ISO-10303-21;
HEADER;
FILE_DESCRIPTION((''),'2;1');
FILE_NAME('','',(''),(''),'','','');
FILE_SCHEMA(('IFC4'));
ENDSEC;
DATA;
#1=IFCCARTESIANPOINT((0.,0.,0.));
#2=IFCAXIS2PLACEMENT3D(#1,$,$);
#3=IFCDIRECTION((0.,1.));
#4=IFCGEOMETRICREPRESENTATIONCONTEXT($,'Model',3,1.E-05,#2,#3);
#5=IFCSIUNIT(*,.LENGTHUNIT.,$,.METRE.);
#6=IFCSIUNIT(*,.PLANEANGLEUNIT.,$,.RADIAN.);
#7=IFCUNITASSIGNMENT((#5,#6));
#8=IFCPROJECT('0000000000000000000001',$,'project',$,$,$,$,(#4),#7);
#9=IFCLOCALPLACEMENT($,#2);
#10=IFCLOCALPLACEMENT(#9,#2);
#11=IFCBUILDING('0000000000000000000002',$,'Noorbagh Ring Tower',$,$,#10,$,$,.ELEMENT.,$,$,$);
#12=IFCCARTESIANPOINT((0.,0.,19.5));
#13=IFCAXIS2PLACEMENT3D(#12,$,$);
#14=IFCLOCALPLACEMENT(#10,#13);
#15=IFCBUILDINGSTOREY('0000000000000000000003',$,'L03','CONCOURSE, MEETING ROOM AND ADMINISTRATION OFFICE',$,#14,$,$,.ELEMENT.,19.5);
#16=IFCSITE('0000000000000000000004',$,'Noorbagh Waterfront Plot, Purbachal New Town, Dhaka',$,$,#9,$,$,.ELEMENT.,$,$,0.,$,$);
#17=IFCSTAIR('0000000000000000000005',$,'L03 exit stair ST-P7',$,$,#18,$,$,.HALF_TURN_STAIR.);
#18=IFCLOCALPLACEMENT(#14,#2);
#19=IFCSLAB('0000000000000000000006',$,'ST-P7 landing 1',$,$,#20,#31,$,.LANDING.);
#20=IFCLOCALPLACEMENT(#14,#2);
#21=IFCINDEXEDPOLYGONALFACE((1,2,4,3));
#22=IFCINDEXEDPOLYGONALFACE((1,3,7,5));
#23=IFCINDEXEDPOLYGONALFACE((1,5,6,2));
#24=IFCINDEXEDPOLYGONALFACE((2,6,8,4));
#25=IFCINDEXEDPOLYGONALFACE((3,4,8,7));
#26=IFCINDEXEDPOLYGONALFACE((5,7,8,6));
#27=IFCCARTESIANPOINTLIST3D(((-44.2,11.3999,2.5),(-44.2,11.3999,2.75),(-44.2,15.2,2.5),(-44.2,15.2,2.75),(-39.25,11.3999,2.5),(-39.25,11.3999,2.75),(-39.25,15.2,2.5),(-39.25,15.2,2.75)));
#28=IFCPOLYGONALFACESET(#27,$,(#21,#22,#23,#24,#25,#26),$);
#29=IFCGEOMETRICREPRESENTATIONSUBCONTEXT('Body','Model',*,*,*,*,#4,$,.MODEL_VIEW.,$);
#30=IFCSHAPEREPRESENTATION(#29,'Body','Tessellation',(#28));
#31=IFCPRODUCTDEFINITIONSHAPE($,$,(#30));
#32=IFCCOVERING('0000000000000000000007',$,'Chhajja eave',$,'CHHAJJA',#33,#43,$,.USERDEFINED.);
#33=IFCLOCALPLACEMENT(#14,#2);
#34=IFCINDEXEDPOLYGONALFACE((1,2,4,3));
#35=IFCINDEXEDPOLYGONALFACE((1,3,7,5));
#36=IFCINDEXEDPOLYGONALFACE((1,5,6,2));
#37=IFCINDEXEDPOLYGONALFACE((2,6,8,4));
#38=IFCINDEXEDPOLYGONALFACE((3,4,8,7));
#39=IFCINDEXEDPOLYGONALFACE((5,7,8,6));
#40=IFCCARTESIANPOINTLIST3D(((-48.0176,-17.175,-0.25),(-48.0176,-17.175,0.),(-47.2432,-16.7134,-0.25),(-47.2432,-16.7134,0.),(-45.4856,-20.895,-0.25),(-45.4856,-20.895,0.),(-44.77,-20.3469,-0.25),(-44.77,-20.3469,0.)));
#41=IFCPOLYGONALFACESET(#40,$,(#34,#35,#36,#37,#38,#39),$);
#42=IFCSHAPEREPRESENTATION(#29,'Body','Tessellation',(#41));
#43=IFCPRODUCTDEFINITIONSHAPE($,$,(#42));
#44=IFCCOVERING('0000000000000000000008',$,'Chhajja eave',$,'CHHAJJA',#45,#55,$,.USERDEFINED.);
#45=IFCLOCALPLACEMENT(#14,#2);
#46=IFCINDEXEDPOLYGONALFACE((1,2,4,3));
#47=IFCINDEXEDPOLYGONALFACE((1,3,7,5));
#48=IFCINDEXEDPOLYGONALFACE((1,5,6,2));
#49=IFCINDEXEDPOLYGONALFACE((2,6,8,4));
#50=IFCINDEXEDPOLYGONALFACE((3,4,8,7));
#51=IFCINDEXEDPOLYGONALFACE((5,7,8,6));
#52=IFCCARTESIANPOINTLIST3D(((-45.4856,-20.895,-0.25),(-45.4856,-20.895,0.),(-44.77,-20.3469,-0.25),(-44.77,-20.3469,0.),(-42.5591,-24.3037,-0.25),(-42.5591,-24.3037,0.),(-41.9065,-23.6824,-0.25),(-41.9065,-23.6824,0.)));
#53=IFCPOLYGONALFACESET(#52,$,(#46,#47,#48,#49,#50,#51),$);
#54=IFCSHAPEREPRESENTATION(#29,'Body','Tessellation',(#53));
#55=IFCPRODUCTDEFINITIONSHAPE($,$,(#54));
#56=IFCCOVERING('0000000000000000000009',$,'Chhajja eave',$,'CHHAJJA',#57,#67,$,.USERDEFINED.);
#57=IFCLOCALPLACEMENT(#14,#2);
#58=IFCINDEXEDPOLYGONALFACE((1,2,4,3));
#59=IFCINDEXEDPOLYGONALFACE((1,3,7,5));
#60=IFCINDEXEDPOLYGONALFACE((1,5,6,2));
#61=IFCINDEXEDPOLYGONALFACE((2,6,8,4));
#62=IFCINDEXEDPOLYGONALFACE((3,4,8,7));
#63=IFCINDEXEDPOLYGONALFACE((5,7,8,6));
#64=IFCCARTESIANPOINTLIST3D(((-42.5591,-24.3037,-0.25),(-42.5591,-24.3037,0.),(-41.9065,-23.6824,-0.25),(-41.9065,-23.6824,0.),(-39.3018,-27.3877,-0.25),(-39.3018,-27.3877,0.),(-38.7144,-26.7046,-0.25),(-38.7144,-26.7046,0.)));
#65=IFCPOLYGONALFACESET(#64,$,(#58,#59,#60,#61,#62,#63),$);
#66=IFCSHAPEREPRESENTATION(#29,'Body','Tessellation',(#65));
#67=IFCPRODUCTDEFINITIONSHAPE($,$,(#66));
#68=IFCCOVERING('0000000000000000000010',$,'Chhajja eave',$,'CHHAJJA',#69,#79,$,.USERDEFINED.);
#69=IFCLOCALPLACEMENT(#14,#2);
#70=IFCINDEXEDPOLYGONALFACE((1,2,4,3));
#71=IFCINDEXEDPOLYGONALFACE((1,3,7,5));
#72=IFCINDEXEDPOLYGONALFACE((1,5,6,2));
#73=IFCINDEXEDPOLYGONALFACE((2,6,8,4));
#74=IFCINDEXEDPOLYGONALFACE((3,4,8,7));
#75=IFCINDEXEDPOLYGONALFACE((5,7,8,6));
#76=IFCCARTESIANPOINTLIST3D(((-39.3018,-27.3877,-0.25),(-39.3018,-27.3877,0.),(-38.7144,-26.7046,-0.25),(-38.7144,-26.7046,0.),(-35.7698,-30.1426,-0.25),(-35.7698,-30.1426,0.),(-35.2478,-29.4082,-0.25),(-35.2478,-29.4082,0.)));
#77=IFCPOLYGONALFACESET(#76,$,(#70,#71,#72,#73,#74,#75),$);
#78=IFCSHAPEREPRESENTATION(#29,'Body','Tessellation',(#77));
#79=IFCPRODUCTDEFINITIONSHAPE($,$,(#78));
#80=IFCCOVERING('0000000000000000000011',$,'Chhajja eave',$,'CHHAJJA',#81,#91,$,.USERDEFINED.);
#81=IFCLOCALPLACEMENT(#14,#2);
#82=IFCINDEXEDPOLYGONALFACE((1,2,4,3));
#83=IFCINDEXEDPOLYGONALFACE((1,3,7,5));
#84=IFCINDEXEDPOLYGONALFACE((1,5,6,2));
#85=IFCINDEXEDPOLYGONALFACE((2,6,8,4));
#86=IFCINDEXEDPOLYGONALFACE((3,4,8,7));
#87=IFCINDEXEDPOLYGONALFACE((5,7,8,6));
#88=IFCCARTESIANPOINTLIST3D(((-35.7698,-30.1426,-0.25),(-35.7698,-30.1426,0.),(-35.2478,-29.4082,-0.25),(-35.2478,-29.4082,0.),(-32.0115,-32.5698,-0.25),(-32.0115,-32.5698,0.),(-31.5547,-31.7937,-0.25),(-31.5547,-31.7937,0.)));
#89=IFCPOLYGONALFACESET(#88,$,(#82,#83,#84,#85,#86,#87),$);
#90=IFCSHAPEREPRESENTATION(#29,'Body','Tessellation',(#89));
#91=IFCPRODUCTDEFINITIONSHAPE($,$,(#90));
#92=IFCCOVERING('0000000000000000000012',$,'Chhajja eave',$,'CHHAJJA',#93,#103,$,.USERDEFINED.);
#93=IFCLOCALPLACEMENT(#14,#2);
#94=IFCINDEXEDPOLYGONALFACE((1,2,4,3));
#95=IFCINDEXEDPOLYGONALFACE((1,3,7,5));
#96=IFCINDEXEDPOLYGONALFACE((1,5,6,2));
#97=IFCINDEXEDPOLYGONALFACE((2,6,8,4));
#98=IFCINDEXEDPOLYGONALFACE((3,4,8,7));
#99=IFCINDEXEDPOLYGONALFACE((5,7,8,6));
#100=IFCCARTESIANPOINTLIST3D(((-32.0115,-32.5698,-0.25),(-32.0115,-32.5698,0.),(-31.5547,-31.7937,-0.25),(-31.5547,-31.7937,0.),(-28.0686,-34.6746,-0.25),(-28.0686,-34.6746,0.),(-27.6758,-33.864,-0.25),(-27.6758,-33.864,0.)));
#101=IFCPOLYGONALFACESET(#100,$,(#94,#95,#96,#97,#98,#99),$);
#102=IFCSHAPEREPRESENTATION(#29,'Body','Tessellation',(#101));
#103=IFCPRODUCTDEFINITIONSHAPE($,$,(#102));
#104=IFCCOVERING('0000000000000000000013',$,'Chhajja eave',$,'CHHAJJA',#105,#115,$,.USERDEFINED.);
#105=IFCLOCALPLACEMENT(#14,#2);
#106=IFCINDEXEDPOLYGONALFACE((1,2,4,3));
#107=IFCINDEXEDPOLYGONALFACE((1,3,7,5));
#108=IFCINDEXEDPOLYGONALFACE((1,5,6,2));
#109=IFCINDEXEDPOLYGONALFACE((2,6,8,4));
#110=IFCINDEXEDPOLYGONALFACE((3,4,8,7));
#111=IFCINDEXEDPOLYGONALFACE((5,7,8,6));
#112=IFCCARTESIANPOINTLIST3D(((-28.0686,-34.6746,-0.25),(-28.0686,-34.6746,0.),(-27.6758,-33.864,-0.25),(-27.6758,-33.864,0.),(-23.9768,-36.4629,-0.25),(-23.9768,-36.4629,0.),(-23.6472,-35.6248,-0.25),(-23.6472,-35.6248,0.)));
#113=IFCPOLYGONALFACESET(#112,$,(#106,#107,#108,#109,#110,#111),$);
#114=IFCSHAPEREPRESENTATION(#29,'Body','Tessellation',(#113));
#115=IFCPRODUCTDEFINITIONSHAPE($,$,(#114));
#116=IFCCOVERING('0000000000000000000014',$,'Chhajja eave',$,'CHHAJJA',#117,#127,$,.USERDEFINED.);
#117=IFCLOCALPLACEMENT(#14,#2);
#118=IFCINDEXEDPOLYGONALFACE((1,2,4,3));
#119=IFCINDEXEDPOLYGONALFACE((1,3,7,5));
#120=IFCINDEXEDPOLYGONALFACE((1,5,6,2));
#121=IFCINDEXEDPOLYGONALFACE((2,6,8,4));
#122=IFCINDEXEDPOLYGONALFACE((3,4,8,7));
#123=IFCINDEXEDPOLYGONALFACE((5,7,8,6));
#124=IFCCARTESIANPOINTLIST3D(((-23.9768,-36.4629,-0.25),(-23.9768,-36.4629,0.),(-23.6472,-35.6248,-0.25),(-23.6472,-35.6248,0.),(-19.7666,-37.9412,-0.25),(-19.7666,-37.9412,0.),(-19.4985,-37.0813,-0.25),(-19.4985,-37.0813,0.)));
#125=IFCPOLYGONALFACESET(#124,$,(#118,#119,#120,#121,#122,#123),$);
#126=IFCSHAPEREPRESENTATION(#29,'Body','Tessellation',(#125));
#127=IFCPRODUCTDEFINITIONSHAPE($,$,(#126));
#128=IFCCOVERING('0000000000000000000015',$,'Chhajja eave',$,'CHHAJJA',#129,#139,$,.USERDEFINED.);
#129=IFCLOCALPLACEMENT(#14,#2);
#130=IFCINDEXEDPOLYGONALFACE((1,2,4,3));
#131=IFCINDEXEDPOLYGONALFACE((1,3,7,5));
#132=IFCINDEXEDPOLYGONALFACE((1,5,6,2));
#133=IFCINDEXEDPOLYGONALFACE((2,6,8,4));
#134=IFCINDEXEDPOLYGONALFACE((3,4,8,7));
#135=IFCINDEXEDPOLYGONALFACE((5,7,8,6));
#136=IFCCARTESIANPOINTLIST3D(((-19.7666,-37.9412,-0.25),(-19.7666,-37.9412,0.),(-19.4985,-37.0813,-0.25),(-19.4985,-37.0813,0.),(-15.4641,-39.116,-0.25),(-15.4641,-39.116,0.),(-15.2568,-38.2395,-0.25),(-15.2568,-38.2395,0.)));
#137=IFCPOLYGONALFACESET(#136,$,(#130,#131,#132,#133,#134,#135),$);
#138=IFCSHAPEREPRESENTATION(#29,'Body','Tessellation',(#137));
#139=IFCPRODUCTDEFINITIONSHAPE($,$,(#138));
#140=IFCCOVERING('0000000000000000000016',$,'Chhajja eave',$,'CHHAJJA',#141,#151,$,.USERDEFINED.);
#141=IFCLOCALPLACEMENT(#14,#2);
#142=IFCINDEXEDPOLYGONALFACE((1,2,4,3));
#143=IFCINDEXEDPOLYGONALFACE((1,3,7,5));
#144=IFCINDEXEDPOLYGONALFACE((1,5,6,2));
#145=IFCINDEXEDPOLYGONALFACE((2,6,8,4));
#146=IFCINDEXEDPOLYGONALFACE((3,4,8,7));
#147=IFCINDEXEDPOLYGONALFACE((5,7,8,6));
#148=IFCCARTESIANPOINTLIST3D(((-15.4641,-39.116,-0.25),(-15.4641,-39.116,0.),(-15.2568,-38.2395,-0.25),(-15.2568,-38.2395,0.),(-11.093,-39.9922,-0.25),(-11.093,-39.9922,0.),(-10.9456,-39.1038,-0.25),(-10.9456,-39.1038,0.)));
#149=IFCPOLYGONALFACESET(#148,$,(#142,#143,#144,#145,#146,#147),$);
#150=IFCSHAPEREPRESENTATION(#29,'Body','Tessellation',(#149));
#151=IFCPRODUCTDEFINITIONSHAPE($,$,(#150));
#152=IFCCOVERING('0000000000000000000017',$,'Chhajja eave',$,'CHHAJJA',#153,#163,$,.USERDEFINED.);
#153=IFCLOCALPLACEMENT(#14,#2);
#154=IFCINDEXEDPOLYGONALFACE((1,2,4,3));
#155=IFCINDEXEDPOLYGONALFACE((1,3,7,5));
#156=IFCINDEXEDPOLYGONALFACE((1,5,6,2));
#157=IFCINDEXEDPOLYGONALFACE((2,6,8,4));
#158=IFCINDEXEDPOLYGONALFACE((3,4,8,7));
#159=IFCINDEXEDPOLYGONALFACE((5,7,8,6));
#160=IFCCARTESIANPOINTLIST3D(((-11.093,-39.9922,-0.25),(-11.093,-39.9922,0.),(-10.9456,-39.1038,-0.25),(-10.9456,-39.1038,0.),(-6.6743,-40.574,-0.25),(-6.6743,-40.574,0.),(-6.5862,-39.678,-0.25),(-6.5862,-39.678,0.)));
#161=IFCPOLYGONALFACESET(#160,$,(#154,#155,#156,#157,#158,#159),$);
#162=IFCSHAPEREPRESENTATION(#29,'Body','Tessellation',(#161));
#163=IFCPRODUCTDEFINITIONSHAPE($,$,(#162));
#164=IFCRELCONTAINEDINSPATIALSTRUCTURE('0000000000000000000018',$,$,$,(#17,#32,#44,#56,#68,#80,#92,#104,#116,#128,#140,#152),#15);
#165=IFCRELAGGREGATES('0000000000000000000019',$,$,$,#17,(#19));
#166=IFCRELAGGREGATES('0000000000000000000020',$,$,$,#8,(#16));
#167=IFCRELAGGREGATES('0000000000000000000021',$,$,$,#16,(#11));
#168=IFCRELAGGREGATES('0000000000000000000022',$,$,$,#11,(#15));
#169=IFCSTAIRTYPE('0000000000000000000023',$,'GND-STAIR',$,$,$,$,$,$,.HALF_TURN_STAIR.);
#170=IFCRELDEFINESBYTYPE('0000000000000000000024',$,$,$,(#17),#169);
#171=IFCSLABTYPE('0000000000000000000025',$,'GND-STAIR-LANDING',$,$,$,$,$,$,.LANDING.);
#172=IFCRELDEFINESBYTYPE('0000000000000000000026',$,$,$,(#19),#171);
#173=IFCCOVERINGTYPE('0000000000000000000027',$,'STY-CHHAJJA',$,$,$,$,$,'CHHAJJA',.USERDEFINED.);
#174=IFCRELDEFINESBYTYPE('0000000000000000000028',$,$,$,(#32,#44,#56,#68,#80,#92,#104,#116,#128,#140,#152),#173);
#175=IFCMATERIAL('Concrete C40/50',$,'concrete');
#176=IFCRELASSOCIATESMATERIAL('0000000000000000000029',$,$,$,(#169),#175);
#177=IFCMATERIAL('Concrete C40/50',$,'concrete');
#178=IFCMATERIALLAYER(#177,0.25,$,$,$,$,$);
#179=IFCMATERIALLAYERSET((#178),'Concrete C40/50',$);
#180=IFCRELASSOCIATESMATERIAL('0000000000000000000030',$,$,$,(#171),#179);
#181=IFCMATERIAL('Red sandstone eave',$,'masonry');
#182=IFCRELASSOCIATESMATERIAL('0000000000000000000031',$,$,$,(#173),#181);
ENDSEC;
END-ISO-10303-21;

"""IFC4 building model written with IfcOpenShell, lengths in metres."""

from ifc_helpers import new_model, si_unit, direction, frame, origin, place, context, subcontext, project, spatial, polyline, outline, extrude, material, layer, layer_set, type_object, element, aggregate, save


model = new_model("IFC4")

# Units and contexts
model_context = context("Model", 3, precision=1e-05, world=origin(), true_north=direction((0.0, 1.0)))
body_context = subcontext(model_context, "Body", "Model", "MODEL_VIEW")
ifc_project = project(units=[si_unit("LENGTHUNIT", "METRE"), si_unit("PLANEANGLEUNIT", "RADIAN")], contexts=[model_context])

# Site, building, storey
site_placement = place(None, origin())
site = spatial("IfcSite", under=ifc_project, at=site_placement, Name="Noorbagh Waterfront Plot, Purbachal New Town, Dhaka", CompositionType="ELEMENT", RefElevation=0.0)
building_placement = place(site_placement, origin())
building = spatial("IfcBuilding", under=site, at=building_placement, Name="Noorbagh Ring Tower", CompositionType="ELEMENT")
storey_placement = place(building_placement, frame((0.0, 0.0, 19.5)))
storey = spatial("IfcBuildingStorey", under=building, at=storey_placement, Name="L03", Description="CONCOURSE, MEETING ROOM AND ADMINISTRATION OFFICE", CompositionType="ELEMENT", Elevation=19.5)

# Stair, slab
ifc_material_1 = material(Name="Concrete C40/50", Category="concrete")
stair_type_1 = type_object("IfcStairType", Name="GND-STAIR", PredefinedType="HALF_TURN_STAIR", material=ifc_material_1)
ifc_material_2 = material(Name="Concrete C40/50", Category="concrete")
ifc_layer_1 = layer(ifc_material_2, 0.25)
ifc_layer_set_1 = layer_set([ifc_layer_1], Name="Concrete C40/50")
slab_type_1 = type_object("IfcSlabType", Name="GND-STAIR-LANDING", PredefinedType="LANDING", material=ifc_layer_set_1)
stair_1_placement = place(storey_placement, origin())
stair_1 = element("IfcStair", 1, at=stair_1_placement, inside=storey, type_object=stair_type_1, Name="L03 exit stair ST-P7", PredefinedType="HALF_TURN_STAIR")
slab_1_placement = place(storey_placement, frame((0.0, 0.0, 2.5)))
slab_1 = element("IfcSlab", 2, at=slab_1_placement, type_object=slab_type_1, Name="ST-P7 landing 1", PredefinedType="LANDING", context=body_context, shape_type="SweptSolid", body=[
    extrude(outline(polyline([(-39.25, 11.3999), (-39.25, 15.2), (-44.2, 15.2), (-44.2, 11.3999), (-39.25, 11.3999)])), origin(), (0.0, 0.0, 1.0), 0.25),
])
aggregate(stair_1, [slab_1])

# Coverings
ifc_material_3 = material(Name="Red sandstone eave", Category="masonry")
covering_type = type_object("IfcCoveringType", Name="STY-CHHAJJA", ElementType="CHHAJJA", PredefinedType="USERDEFINED", material=ifc_material_3)
covering_1_placement = place(storey_placement, frame((0.0, 0.0, -0.25)))
element("IfcCovering", 3, at=covering_1_placement, inside=storey, type_object=covering_type, Name="Chhajja eave", ObjectType="CHHAJJA", PredefinedType="USERDEFINED", context=body_context, shape_type="SweptSolid", body=[
    extrude(outline(polyline([(-47.2432, -16.7134), (-44.77, -20.3469), (-45.4856, -20.895), (-48.0176, -17.175), (-47.2432, -16.7134)])), origin(), (0.0, 0.0, 1.0), 0.25),
])
covering_2_placement = place(storey_placement, frame((0.0, 0.0, -0.25)))
element("IfcCovering", 4, at=covering_2_placement, inside=storey, type_object=covering_type, Name="Chhajja eave", ObjectType="CHHAJJA", PredefinedType="USERDEFINED", context=body_context, shape_type="SweptSolid", body=[
    extrude(outline(polyline([(-44.77, -20.3469), (-41.9065, -23.6824), (-42.5591, -24.3037), (-45.4856, -20.895), (-44.77, -20.3469)])), origin(), (0.0, 0.0, 1.0), 0.25),
])
covering_3_placement = place(storey_placement, frame((0.0, 0.0, -0.25)))
element("IfcCovering", 5, at=covering_3_placement, inside=storey, type_object=covering_type, Name="Chhajja eave", ObjectType="CHHAJJA", PredefinedType="USERDEFINED", context=body_context, shape_type="SweptSolid", body=[
    extrude(outline(polyline([(-41.9065, -23.6824), (-38.7144, -26.7046), (-39.3018, -27.3877), (-42.5591, -24.3037), (-41.9065, -23.6824)])), origin(), (0.0, 0.0, 1.0), 0.25),
])
covering_4_placement = place(storey_placement, frame((0.0, 0.0, -0.25)))
element("IfcCovering", 6, at=covering_4_placement, inside=storey, type_object=covering_type, Name="Chhajja eave", ObjectType="CHHAJJA", PredefinedType="USERDEFINED", context=body_context, shape_type="SweptSolid", body=[
    extrude(outline(polyline([(-38.7144, -26.7046), (-35.2478, -29.4082), (-35.7698, -30.1426), (-39.3018, -27.3877), (-38.7144, -26.7046)])), origin(), (0.0, 0.0, 1.0), 0.25),
])
covering_5_placement = place(storey_placement, frame((0.0, 0.0, -0.25)))
element("IfcCovering", 7, at=covering_5_placement, inside=storey, type_object=covering_type, Name="Chhajja eave", ObjectType="CHHAJJA", PredefinedType="USERDEFINED", context=body_context, shape_type="SweptSolid", body=[
    extrude(outline(polyline([(-35.2478, -29.4082), (-31.5547, -31.7937), (-32.0115, -32.5698), (-35.7698, -30.1426), (-35.2478, -29.4082)])), origin(), (0.0, 0.0, 1.0), 0.25),
])
covering_6_placement = place(storey_placement, frame((0.0, 0.0, -0.25)))
element("IfcCovering", 8, at=covering_6_placement, inside=storey, type_object=covering_type, Name="Chhajja eave", ObjectType="CHHAJJA", PredefinedType="USERDEFINED", context=body_context, shape_type="SweptSolid", body=[
    extrude(outline(polyline([(-31.5547, -31.7937), (-27.6758, -33.864), (-28.0686, -34.6746), (-32.0115, -32.5698), (-31.5547, -31.7937)])), origin(), (0.0, 0.0, 1.0), 0.25),
])
covering_7_placement = place(storey_placement, frame((0.0, 0.0, -0.25)))
element("IfcCovering", 9, at=covering_7_placement, inside=storey, type_object=covering_type, Name="Chhajja eave", ObjectType="CHHAJJA", PredefinedType="USERDEFINED", context=body_context, shape_type="SweptSolid", body=[
    extrude(outline(polyline([(-27.6758, -33.864), (-23.6472, -35.6248), (-23.9768, -36.4629), (-28.0686, -34.6746), (-27.6758, -33.864)])), origin(), (0.0, 0.0, 1.0), 0.25),
])
covering_8_placement = place(storey_placement, frame((0.0, 0.0, -0.25)))
element("IfcCovering", 10, at=covering_8_placement, inside=storey, type_object=covering_type, Name="Chhajja eave", ObjectType="CHHAJJA", PredefinedType="USERDEFINED", context=body_context, shape_type="SweptSolid", body=[
    extrude(outline(polyline([(-23.6472, -35.6248), (-19.4985, -37.0813), (-19.7666, -37.9412), (-23.9768, -36.4629), (-23.6472, -35.6248)])), origin(), (0.0, 0.0, 1.0), 0.25),
])
covering_9_placement = place(storey_placement, frame((0.0, 0.0, -0.25)))
element("IfcCovering", 11, at=covering_9_placement, inside=storey, type_object=covering_type, Name="Chhajja eave", ObjectType="CHHAJJA", PredefinedType="USERDEFINED", context=body_context, shape_type="SweptSolid", body=[
    extrude(outline(polyline([(-19.4985, -37.0813), (-15.2568, -38.2395), (-15.4641, -39.116), (-19.7666, -37.9412), (-19.4985, -37.0813)])), origin(), (0.0, 0.0, 1.0), 0.25),
])
covering_10_placement = place(storey_placement, frame((0.0, 0.0, -0.25)))
element("IfcCovering", 12, at=covering_10_placement, inside=storey, type_object=covering_type, Name="Chhajja eave", ObjectType="CHHAJJA", PredefinedType="USERDEFINED", context=body_context, shape_type="SweptSolid", body=[
    extrude(outline(polyline([(-15.2568, -38.2395), (-10.9456, -39.1038), (-11.093, -39.9922), (-15.4641, -39.116), (-15.2568, -38.2395)])), origin(), (0.0, 0.0, 1.0), 0.25),
])
covering_11_placement = place(storey_placement, frame((0.0, 0.0, -0.25)))
element("IfcCovering", 13, at=covering_11_placement, inside=storey, type_object=covering_type, Name="Chhajja eave", ObjectType="CHHAJJA", PredefinedType="USERDEFINED", context=body_context, shape_type="SweptSolid", body=[
    extrude(outline(polyline([(-10.9456, -39.1038), (-6.5862, -39.678), (-6.6743, -40.574), (-11.093, -39.9922), (-10.9456, -39.1038)])), origin(), (0.0, 0.0, 1.0), 0.25),
])

save(model, "model.ifc")
